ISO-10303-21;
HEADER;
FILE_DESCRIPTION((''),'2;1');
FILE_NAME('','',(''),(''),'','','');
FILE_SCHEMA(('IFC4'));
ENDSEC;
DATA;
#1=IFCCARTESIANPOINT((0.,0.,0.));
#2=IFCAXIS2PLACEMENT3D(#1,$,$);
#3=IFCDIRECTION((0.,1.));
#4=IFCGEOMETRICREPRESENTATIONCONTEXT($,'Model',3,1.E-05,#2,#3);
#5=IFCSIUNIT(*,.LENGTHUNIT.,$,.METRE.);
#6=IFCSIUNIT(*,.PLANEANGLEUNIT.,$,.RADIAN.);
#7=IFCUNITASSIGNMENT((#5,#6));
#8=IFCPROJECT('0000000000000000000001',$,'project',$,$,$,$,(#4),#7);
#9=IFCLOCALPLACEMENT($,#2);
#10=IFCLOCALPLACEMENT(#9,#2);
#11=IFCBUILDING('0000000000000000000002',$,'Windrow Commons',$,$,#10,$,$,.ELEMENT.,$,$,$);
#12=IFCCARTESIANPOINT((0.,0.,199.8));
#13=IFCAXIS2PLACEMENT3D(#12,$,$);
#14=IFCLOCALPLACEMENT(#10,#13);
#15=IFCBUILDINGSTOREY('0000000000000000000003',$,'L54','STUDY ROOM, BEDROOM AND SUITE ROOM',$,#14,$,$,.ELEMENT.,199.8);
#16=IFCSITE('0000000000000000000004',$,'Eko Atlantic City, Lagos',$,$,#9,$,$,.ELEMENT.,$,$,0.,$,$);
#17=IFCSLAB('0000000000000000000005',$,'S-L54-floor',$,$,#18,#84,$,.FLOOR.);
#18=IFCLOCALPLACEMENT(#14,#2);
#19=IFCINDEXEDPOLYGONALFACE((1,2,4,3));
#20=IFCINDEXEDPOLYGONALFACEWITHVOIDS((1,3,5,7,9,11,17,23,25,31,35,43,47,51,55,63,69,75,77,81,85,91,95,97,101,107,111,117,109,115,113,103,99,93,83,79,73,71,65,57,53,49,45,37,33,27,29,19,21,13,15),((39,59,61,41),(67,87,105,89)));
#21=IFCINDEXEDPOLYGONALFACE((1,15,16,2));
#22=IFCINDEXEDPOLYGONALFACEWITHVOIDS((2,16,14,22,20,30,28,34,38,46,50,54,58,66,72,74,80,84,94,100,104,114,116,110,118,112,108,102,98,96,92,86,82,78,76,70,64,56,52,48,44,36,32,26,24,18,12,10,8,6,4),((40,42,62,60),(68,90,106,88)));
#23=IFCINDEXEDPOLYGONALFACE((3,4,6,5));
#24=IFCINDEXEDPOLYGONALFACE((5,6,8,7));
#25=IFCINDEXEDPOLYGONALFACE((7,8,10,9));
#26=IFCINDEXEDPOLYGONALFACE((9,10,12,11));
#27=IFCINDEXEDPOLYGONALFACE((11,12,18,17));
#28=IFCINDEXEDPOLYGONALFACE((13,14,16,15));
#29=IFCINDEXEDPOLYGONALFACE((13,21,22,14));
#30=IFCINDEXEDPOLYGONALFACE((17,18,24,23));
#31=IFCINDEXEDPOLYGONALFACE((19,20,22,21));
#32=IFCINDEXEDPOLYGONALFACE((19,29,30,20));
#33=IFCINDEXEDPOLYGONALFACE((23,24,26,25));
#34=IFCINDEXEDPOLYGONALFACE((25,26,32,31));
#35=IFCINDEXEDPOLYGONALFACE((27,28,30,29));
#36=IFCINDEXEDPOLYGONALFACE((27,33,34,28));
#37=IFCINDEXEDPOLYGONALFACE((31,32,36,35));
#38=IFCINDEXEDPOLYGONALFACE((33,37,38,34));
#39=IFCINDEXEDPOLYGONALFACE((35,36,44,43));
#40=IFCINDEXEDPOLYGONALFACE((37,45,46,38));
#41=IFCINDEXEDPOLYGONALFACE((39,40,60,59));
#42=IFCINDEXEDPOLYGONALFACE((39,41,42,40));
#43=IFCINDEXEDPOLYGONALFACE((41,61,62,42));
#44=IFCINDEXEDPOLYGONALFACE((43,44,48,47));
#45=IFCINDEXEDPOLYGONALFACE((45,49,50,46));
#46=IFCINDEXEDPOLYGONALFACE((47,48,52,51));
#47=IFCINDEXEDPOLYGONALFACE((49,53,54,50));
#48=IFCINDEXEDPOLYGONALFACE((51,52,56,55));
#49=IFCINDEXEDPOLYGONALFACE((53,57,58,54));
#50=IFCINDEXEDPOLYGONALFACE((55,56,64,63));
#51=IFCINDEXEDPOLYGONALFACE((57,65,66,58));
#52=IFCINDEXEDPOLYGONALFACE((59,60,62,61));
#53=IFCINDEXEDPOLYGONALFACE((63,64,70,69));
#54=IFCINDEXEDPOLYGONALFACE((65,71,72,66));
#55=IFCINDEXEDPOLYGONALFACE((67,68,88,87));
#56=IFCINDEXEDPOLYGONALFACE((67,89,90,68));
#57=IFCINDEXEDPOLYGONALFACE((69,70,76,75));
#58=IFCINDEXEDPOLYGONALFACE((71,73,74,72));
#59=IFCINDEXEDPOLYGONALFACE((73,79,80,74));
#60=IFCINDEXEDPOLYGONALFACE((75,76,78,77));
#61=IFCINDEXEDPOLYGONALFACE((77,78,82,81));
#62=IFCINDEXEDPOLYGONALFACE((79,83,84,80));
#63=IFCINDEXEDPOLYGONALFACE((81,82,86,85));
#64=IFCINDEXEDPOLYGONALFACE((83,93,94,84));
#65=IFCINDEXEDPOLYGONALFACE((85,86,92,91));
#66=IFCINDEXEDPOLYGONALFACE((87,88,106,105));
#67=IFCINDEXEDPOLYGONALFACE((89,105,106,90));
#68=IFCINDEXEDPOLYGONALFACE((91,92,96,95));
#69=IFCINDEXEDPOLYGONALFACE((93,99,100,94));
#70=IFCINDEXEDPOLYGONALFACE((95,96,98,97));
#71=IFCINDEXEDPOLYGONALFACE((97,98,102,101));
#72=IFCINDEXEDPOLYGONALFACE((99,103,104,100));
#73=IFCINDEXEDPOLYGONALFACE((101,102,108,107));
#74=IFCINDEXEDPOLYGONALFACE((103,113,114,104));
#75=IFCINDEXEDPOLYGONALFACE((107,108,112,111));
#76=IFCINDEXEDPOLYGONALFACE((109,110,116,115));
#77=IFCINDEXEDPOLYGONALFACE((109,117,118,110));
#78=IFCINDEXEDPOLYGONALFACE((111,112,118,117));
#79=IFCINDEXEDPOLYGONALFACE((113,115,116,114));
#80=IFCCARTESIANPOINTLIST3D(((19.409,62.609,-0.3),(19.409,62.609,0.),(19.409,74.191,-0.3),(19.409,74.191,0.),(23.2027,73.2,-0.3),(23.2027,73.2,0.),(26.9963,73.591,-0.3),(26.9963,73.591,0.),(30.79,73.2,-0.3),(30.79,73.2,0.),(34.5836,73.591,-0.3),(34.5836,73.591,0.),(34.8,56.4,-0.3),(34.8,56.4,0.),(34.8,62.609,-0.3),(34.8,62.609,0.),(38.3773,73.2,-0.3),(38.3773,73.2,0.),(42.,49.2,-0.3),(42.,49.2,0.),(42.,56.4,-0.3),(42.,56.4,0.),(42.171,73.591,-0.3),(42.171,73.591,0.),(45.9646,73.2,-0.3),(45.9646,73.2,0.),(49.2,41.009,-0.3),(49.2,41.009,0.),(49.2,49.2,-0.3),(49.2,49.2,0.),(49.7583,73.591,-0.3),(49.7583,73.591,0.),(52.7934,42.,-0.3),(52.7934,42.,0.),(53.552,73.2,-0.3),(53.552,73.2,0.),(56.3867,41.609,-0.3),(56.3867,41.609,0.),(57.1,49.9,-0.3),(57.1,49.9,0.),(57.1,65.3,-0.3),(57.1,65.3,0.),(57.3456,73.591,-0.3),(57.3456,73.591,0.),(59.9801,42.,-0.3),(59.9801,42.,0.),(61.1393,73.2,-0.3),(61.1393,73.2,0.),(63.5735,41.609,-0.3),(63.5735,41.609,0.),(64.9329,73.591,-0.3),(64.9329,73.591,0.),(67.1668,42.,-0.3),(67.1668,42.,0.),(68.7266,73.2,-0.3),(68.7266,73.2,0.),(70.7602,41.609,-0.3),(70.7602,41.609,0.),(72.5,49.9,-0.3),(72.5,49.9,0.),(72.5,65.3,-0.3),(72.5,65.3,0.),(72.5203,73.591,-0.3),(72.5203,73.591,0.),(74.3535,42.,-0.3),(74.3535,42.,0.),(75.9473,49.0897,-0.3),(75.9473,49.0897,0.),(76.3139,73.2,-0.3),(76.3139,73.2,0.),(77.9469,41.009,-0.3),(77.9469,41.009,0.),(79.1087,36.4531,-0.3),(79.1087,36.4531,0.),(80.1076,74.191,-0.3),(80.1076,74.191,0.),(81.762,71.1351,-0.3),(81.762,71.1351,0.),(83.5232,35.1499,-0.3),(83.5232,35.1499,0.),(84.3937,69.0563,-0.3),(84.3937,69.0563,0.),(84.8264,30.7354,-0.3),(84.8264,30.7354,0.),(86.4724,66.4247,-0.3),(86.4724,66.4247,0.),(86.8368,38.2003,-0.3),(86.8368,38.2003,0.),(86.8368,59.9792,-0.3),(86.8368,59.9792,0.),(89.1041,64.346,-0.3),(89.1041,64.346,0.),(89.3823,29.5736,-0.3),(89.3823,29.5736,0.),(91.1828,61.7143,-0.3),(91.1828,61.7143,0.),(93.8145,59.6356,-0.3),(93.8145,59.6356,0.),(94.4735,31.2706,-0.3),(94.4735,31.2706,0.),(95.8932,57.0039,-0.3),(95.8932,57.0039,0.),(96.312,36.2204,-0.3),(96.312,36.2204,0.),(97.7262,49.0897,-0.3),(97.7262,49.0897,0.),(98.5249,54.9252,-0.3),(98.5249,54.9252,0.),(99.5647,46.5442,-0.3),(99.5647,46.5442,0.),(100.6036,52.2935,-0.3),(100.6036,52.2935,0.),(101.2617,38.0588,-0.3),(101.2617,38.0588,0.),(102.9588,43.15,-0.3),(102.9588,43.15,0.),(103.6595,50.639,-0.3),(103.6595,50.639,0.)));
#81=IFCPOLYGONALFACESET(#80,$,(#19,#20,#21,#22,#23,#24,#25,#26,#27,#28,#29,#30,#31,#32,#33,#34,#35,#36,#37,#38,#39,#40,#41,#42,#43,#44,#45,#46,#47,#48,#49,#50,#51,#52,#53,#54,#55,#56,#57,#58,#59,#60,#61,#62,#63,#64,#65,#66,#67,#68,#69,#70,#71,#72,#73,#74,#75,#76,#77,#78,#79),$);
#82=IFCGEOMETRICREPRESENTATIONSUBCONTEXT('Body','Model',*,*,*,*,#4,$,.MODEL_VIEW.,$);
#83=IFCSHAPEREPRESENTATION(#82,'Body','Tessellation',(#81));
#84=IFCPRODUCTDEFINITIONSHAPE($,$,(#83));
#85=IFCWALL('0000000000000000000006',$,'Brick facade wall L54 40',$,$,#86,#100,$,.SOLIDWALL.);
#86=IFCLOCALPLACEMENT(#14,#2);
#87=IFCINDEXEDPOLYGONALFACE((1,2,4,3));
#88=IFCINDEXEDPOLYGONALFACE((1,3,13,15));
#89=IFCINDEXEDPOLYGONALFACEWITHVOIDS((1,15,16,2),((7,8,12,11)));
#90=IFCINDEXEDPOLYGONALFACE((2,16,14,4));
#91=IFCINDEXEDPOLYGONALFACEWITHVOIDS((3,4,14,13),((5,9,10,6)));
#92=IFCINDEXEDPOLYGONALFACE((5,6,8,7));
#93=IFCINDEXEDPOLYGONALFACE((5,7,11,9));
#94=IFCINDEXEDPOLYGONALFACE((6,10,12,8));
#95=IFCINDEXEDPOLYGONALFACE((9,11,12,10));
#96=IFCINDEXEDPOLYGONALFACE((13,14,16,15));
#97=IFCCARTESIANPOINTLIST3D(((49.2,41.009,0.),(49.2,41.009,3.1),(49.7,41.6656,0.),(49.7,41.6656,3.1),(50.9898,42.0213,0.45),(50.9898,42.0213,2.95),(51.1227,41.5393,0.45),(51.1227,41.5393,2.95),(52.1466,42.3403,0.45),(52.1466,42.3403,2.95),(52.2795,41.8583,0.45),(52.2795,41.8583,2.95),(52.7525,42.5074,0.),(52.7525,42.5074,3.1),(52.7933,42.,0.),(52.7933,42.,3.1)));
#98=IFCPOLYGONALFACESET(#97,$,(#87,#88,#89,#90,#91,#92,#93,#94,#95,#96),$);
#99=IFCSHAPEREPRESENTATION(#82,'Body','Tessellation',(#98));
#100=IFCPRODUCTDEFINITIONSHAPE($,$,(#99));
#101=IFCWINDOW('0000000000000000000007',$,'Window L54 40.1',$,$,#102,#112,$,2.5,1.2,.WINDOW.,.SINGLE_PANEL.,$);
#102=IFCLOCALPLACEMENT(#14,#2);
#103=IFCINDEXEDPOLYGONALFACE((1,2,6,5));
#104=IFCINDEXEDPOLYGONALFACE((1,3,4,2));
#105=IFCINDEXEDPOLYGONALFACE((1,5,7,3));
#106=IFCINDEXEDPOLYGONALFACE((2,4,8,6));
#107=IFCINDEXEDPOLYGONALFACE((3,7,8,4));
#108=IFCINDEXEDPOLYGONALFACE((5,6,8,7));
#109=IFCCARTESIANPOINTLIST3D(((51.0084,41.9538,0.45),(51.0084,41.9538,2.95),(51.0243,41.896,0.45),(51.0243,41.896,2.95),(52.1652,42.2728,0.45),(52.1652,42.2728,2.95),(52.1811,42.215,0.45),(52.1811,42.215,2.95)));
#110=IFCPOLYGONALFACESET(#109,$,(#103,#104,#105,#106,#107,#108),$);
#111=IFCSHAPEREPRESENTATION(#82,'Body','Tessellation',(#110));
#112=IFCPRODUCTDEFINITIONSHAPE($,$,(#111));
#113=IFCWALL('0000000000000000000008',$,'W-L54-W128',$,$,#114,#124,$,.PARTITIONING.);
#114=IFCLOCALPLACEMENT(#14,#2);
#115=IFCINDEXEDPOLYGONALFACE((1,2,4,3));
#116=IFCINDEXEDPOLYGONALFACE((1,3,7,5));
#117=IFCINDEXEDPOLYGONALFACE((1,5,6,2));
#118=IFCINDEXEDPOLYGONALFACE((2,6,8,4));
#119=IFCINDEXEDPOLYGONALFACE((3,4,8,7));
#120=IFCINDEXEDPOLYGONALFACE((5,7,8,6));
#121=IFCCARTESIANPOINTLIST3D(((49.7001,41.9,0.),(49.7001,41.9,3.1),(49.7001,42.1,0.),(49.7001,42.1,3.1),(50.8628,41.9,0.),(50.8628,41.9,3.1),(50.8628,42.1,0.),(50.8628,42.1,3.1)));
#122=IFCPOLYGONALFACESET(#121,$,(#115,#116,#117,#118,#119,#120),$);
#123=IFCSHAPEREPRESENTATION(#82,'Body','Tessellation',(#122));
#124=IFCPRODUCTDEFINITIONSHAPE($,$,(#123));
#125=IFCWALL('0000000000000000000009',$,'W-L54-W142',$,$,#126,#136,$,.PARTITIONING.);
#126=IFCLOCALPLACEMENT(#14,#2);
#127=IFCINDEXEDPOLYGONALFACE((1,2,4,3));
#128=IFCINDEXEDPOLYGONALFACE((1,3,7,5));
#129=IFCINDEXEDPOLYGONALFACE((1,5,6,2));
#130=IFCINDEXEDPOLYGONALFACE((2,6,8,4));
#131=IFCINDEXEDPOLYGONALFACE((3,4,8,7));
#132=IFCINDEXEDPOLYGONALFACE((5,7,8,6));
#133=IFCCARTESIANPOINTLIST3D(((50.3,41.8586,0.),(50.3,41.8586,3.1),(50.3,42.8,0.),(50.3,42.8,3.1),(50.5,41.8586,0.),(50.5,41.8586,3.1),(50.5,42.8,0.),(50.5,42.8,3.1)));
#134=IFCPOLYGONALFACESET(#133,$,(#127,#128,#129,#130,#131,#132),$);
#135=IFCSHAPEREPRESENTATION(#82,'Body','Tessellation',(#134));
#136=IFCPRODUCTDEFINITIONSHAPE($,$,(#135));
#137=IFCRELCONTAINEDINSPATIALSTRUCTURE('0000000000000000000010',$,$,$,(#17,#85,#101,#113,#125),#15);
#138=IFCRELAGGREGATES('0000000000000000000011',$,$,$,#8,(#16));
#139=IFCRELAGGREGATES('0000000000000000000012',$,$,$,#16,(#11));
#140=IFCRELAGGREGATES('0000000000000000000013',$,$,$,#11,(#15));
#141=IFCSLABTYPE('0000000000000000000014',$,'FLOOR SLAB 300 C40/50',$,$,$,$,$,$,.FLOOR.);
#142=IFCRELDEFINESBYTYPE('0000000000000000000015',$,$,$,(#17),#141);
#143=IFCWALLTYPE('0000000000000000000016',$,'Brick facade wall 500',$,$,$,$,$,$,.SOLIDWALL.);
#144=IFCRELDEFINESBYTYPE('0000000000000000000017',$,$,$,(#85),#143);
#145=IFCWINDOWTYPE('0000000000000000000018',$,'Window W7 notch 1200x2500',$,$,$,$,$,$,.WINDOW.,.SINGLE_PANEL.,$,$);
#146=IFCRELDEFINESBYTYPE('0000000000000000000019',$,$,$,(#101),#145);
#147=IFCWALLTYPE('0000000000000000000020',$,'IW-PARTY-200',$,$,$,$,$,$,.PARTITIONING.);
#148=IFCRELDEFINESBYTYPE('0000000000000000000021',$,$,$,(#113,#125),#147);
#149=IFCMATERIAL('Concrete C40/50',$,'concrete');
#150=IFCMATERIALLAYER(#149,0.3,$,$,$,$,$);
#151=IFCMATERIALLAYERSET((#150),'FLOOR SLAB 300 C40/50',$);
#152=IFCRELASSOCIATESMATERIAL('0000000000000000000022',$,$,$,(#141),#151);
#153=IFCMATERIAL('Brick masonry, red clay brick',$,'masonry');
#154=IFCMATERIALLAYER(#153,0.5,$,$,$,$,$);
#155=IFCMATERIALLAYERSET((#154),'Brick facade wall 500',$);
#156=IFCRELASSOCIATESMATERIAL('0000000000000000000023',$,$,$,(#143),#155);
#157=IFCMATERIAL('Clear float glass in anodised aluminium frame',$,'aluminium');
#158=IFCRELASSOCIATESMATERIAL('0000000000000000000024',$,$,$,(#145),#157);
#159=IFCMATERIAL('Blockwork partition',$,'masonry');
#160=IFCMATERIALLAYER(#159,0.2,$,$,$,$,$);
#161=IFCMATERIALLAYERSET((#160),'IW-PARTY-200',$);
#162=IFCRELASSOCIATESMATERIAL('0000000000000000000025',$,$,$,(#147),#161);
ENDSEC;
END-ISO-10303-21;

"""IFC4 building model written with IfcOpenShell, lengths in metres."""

from ifc_helpers import new_model, si_unit, direction, frame, frame_2d, origin, place, context, subcontext, project, spatial, polyline, rectangle, outline, extrude, material, layer, layer_set, type_object, element, fill, save


model = new_model("IFC4")

# Units and contexts
model_context = context("Model", 3, precision=1e-05, world=origin(), true_north=direction((0.0, 1.0)))
body_context = subcontext(model_context, "Body", "Model", "MODEL_VIEW")
ifc_project = project(units=[si_unit("LENGTHUNIT", "METRE"), si_unit("PLANEANGLEUNIT", "RADIAN")], contexts=[model_context])

# Site, building, storey
site_placement = place(None, origin())
site = spatial("IfcSite", under=ifc_project, at=site_placement, Name="Eko Atlantic City, Lagos", CompositionType="ELEMENT", RefElevation=0.0)
building_placement = place(site_placement, origin())
building = spatial("IfcBuilding", under=site, at=building_placement, Name="Windrow Commons", CompositionType="ELEMENT")
storey_placement = place(building_placement, frame((0.0, 0.0, 199.8)))
storey = spatial("IfcBuildingStorey", under=building, at=storey_placement, Name="L54", Description="STUDY ROOM, BEDROOM AND SUITE ROOM", CompositionType="ELEMENT", Elevation=199.8)

# Shared definitions
placement_1 = place(storey_placement, frame((0.0, 0.0, -0.3)))

# Slab, openings
ifc_material_1 = material(Name="Concrete C40/50", Category="concrete")
ifc_layer_1 = layer(ifc_material_1, 0.3)
ifc_layer_set_1 = layer_set([ifc_layer_1], Name="FLOOR SLAB 300 C40/50")
slab_type_1 = type_object("IfcSlabType", Name="FLOOR SLAB 300 C40/50", PredefinedType="FLOOR", material=ifc_layer_set_1)
slab_1 = element("IfcSlab", 1, at=placement_1, inside=storey, type_object=slab_type_1, Name="S-L54-floor", PredefinedType="FLOOR", context=body_context, shape_type="SweptSolid", body=[
    extrude(outline(polyline([(84.8264, 30.7354), (89.3823, 29.5736), (94.4735, 31.2706), (96.312, 36.2204), (101.2617, 38.0588), (102.9588, 43.15), (99.5647, 46.5442), (103.6595, 50.639), (100.6036, 52.2935), (98.5249, 54.9252), (95.8932, 57.0039), (93.8145, 59.6356), (91.1828, 61.7143), (89.1041, 64.346), (86.4724, 66.4247), (84.3937, 69.0563), (81.762, 71.1351), (80.1076, 74.191), (76.3139, 73.2), (72.5203, 73.591), (68.7266, 73.2), (64.9329, 73.591), (61.1393, 73.2), (57.3456, 73.591), (53.552, 73.2), (49.7583, 73.591), (45.9646, 73.2), (42.171, 73.591), (38.3773, 73.2), (34.5836, 73.591), (30.79, 73.2), (26.9963, 73.591), (23.2027, 73.2), (19.409, 74.191), (19.409, 62.609), (34.8, 62.609), (34.8, 56.4), (42.0, 56.4), (42.0, 49.2), (49.2, 49.2), (49.2, 41.009), (52.7934, 42.0), (56.3867, 41.609), (59.9801, 42.0), (63.5735, 41.609), (67.1668, 42.0), (70.7602, 41.609), (74.3535, 42.0), (77.9469, 41.009), (79.1087, 36.4531), (83.5232, 35.1499), (84.8264, 30.7354)]), holes=[polyline([(75.9473, 49.0897), (86.8368, 59.9792), (97.7262, 49.0897), (86.8368, 38.2003), (75.9473, 49.0897)]), polyline([(57.1, 49.9), (57.1, 65.3), (72.5, 65.3), (72.5, 49.9), (57.1, 49.9)])]), origin(), (0.0, 0.0, 1.0), 0.3),
])
opening_1_placement = place(placement_1, origin())
element("IfcOpeningElement", 2, at=opening_1_placement, cuts=slab_1, PredefinedType="OPENING", context=body_context, shape_type="SweptSolid", body=[
    extrude(outline(polyline([(75.9544, 49.0897), (86.8368, 59.9721), (97.7191, 49.0897), (86.8368, 38.2074), (75.9544, 49.0897)])), origin(), (0.0, 0.0, 1.0), 0.3),
])
opening_2_placement = place(placement_1, origin())
element("IfcOpeningElement", 3, at=opening_2_placement, cuts=slab_1, PredefinedType="OPENING", context=body_context, shape_type="SweptSolid", body=[
    extrude(outline(polyline([(57.105, 49.905), (57.105, 65.295), (72.495, 65.295), (72.495, 49.905), (57.105, 49.905)])), origin(), (0.0, 0.0, 1.0), 0.3),
])

# Wall, opening, window
ifc_material_2 = material(Name="Brick masonry, red clay brick", Category="masonry")
ifc_layer_2 = layer(ifc_material_2, 0.5)
ifc_layer_set_2 = layer_set([ifc_layer_2], Name="Brick facade wall 500")
wall_type_1 = type_object("IfcWallType", Name="Brick facade wall 500", PredefinedType="SOLIDWALL", material=ifc_layer_set_2)
wall_1_placement = place(storey_placement, frame((49.45, 41.3373, 0.0), z_axis=(0.0, 0.0, 1.0), x_axis=(0.964012, 0.265858, 0.0)))
wall_1 = element("IfcWall", 4, at=wall_1_placement, inside=storey, type_object=wall_type_1, Name="Brick facade wall L54 40", PredefinedType="SOLIDWALL", context=body_context, shape_type="SweptSolid", body=[
    extrude(outline(polyline([(-0.3283, -0.25), (3.3992, -0.25), (3.4947, 0.25), (0.3283, 0.25), (-0.3283, -0.25)])), origin(), (0.0, 0.0, 1.0), 3.1),
])
opening_3_placement = place(wall_1_placement, frame((1.6662, 0.0, 0.45)))
opening_3 = element("IfcOpeningElement", 5, at=opening_3_placement, cuts=wall_1, PredefinedType="OPENING", context=body_context, shape_type="SweptSolid", body=[
    extrude(rectangle(XDim=1.2, YDim=2.5, at=frame_2d((0.6, 1.25))), frame((0.0, 0.26, 0.0), z_axis=(0.0, -1.0, 0.0), x_axis=(1.0, 0.0, 0.0)), (0.0, 0.0, 1.0), 0.52),
])
ifc_material_3 = material(Name="Clear float glass in anodised aluminium frame", Category="aluminium")
window_type = type_object("IfcWindowType", Name="Window W7 notch 1200x2500", PartitioningType="SINGLE_PANEL", PredefinedType="WINDOW", material=ifc_material_3)
window_placement = place(opening_3_placement, origin())
window = element("IfcWindow", 6, at=window_placement, inside=storey, type_object=window_type, Name="Window L54 40.1", OverallHeight=2.5, OverallWidth=1.2, PartitioningType="SINGLE_PANEL", PredefinedType="WINDOW", context=body_context, shape_type="SweptSolid", body=[
    extrude(rectangle(XDim=1.2, YDim=2.5, at=frame_2d((0.6, 1.25))), frame((0.0, 0.18, 0.0), z_axis=(0.0, -1.0, 0.0), x_axis=(1.0, 0.0, 0.0)), (0.0, 0.0, 1.0), 0.06),
])
fill(opening_3, window)

# Walls
ifc_material_4 = material(Name="Blockwork partition", Category="masonry")
ifc_layer_3 = layer(ifc_material_4, 0.2)
ifc_layer_set_3 = layer_set([ifc_layer_3], Name="IW-PARTY-200")
wall_type_2 = type_object("IfcWallType", Name="IW-PARTY-200", PredefinedType="PARTITIONING", material=ifc_layer_set_3)
wall_2_placement = place(storey_placement, frame((49.7, 42.0, 0.0), z_axis=(0.0, 0.0, 1.0), x_axis=(1.0, 0.0, 0.0)))
element("IfcWall", 7, at=wall_2_placement, inside=storey, type_object=wall_type_2, Name="W-L54-W128", PredefinedType="PARTITIONING", context=body_context, shape_type="SweptSolid", body=[
    extrude(rectangle(XDim=1.1627, YDim=0.2, at=frame_2d((0.5814, 0.0))), origin(), (0.0, 0.0, 1.0), 3.1),
])
wall_3_placement = place(storey_placement, frame((50.4, 41.8586, 0.0), z_axis=(0.0, 0.0, 1.0), x_axis=(0.0, 1.0, 0.0)))
element("IfcWall", 8, at=wall_3_placement, inside=storey, type_object=wall_type_2, Name="W-L54-W142", PredefinedType="PARTITIONING", context=body_context, shape_type="SweptSolid", body=[
    extrude(rectangle(XDim=0.9414, YDim=0.2, at=frame_2d((0.4707, 0.0))), origin(), (0.0, 0.0, 1.0), 3.1),
])

save(model, "model.ifc")
